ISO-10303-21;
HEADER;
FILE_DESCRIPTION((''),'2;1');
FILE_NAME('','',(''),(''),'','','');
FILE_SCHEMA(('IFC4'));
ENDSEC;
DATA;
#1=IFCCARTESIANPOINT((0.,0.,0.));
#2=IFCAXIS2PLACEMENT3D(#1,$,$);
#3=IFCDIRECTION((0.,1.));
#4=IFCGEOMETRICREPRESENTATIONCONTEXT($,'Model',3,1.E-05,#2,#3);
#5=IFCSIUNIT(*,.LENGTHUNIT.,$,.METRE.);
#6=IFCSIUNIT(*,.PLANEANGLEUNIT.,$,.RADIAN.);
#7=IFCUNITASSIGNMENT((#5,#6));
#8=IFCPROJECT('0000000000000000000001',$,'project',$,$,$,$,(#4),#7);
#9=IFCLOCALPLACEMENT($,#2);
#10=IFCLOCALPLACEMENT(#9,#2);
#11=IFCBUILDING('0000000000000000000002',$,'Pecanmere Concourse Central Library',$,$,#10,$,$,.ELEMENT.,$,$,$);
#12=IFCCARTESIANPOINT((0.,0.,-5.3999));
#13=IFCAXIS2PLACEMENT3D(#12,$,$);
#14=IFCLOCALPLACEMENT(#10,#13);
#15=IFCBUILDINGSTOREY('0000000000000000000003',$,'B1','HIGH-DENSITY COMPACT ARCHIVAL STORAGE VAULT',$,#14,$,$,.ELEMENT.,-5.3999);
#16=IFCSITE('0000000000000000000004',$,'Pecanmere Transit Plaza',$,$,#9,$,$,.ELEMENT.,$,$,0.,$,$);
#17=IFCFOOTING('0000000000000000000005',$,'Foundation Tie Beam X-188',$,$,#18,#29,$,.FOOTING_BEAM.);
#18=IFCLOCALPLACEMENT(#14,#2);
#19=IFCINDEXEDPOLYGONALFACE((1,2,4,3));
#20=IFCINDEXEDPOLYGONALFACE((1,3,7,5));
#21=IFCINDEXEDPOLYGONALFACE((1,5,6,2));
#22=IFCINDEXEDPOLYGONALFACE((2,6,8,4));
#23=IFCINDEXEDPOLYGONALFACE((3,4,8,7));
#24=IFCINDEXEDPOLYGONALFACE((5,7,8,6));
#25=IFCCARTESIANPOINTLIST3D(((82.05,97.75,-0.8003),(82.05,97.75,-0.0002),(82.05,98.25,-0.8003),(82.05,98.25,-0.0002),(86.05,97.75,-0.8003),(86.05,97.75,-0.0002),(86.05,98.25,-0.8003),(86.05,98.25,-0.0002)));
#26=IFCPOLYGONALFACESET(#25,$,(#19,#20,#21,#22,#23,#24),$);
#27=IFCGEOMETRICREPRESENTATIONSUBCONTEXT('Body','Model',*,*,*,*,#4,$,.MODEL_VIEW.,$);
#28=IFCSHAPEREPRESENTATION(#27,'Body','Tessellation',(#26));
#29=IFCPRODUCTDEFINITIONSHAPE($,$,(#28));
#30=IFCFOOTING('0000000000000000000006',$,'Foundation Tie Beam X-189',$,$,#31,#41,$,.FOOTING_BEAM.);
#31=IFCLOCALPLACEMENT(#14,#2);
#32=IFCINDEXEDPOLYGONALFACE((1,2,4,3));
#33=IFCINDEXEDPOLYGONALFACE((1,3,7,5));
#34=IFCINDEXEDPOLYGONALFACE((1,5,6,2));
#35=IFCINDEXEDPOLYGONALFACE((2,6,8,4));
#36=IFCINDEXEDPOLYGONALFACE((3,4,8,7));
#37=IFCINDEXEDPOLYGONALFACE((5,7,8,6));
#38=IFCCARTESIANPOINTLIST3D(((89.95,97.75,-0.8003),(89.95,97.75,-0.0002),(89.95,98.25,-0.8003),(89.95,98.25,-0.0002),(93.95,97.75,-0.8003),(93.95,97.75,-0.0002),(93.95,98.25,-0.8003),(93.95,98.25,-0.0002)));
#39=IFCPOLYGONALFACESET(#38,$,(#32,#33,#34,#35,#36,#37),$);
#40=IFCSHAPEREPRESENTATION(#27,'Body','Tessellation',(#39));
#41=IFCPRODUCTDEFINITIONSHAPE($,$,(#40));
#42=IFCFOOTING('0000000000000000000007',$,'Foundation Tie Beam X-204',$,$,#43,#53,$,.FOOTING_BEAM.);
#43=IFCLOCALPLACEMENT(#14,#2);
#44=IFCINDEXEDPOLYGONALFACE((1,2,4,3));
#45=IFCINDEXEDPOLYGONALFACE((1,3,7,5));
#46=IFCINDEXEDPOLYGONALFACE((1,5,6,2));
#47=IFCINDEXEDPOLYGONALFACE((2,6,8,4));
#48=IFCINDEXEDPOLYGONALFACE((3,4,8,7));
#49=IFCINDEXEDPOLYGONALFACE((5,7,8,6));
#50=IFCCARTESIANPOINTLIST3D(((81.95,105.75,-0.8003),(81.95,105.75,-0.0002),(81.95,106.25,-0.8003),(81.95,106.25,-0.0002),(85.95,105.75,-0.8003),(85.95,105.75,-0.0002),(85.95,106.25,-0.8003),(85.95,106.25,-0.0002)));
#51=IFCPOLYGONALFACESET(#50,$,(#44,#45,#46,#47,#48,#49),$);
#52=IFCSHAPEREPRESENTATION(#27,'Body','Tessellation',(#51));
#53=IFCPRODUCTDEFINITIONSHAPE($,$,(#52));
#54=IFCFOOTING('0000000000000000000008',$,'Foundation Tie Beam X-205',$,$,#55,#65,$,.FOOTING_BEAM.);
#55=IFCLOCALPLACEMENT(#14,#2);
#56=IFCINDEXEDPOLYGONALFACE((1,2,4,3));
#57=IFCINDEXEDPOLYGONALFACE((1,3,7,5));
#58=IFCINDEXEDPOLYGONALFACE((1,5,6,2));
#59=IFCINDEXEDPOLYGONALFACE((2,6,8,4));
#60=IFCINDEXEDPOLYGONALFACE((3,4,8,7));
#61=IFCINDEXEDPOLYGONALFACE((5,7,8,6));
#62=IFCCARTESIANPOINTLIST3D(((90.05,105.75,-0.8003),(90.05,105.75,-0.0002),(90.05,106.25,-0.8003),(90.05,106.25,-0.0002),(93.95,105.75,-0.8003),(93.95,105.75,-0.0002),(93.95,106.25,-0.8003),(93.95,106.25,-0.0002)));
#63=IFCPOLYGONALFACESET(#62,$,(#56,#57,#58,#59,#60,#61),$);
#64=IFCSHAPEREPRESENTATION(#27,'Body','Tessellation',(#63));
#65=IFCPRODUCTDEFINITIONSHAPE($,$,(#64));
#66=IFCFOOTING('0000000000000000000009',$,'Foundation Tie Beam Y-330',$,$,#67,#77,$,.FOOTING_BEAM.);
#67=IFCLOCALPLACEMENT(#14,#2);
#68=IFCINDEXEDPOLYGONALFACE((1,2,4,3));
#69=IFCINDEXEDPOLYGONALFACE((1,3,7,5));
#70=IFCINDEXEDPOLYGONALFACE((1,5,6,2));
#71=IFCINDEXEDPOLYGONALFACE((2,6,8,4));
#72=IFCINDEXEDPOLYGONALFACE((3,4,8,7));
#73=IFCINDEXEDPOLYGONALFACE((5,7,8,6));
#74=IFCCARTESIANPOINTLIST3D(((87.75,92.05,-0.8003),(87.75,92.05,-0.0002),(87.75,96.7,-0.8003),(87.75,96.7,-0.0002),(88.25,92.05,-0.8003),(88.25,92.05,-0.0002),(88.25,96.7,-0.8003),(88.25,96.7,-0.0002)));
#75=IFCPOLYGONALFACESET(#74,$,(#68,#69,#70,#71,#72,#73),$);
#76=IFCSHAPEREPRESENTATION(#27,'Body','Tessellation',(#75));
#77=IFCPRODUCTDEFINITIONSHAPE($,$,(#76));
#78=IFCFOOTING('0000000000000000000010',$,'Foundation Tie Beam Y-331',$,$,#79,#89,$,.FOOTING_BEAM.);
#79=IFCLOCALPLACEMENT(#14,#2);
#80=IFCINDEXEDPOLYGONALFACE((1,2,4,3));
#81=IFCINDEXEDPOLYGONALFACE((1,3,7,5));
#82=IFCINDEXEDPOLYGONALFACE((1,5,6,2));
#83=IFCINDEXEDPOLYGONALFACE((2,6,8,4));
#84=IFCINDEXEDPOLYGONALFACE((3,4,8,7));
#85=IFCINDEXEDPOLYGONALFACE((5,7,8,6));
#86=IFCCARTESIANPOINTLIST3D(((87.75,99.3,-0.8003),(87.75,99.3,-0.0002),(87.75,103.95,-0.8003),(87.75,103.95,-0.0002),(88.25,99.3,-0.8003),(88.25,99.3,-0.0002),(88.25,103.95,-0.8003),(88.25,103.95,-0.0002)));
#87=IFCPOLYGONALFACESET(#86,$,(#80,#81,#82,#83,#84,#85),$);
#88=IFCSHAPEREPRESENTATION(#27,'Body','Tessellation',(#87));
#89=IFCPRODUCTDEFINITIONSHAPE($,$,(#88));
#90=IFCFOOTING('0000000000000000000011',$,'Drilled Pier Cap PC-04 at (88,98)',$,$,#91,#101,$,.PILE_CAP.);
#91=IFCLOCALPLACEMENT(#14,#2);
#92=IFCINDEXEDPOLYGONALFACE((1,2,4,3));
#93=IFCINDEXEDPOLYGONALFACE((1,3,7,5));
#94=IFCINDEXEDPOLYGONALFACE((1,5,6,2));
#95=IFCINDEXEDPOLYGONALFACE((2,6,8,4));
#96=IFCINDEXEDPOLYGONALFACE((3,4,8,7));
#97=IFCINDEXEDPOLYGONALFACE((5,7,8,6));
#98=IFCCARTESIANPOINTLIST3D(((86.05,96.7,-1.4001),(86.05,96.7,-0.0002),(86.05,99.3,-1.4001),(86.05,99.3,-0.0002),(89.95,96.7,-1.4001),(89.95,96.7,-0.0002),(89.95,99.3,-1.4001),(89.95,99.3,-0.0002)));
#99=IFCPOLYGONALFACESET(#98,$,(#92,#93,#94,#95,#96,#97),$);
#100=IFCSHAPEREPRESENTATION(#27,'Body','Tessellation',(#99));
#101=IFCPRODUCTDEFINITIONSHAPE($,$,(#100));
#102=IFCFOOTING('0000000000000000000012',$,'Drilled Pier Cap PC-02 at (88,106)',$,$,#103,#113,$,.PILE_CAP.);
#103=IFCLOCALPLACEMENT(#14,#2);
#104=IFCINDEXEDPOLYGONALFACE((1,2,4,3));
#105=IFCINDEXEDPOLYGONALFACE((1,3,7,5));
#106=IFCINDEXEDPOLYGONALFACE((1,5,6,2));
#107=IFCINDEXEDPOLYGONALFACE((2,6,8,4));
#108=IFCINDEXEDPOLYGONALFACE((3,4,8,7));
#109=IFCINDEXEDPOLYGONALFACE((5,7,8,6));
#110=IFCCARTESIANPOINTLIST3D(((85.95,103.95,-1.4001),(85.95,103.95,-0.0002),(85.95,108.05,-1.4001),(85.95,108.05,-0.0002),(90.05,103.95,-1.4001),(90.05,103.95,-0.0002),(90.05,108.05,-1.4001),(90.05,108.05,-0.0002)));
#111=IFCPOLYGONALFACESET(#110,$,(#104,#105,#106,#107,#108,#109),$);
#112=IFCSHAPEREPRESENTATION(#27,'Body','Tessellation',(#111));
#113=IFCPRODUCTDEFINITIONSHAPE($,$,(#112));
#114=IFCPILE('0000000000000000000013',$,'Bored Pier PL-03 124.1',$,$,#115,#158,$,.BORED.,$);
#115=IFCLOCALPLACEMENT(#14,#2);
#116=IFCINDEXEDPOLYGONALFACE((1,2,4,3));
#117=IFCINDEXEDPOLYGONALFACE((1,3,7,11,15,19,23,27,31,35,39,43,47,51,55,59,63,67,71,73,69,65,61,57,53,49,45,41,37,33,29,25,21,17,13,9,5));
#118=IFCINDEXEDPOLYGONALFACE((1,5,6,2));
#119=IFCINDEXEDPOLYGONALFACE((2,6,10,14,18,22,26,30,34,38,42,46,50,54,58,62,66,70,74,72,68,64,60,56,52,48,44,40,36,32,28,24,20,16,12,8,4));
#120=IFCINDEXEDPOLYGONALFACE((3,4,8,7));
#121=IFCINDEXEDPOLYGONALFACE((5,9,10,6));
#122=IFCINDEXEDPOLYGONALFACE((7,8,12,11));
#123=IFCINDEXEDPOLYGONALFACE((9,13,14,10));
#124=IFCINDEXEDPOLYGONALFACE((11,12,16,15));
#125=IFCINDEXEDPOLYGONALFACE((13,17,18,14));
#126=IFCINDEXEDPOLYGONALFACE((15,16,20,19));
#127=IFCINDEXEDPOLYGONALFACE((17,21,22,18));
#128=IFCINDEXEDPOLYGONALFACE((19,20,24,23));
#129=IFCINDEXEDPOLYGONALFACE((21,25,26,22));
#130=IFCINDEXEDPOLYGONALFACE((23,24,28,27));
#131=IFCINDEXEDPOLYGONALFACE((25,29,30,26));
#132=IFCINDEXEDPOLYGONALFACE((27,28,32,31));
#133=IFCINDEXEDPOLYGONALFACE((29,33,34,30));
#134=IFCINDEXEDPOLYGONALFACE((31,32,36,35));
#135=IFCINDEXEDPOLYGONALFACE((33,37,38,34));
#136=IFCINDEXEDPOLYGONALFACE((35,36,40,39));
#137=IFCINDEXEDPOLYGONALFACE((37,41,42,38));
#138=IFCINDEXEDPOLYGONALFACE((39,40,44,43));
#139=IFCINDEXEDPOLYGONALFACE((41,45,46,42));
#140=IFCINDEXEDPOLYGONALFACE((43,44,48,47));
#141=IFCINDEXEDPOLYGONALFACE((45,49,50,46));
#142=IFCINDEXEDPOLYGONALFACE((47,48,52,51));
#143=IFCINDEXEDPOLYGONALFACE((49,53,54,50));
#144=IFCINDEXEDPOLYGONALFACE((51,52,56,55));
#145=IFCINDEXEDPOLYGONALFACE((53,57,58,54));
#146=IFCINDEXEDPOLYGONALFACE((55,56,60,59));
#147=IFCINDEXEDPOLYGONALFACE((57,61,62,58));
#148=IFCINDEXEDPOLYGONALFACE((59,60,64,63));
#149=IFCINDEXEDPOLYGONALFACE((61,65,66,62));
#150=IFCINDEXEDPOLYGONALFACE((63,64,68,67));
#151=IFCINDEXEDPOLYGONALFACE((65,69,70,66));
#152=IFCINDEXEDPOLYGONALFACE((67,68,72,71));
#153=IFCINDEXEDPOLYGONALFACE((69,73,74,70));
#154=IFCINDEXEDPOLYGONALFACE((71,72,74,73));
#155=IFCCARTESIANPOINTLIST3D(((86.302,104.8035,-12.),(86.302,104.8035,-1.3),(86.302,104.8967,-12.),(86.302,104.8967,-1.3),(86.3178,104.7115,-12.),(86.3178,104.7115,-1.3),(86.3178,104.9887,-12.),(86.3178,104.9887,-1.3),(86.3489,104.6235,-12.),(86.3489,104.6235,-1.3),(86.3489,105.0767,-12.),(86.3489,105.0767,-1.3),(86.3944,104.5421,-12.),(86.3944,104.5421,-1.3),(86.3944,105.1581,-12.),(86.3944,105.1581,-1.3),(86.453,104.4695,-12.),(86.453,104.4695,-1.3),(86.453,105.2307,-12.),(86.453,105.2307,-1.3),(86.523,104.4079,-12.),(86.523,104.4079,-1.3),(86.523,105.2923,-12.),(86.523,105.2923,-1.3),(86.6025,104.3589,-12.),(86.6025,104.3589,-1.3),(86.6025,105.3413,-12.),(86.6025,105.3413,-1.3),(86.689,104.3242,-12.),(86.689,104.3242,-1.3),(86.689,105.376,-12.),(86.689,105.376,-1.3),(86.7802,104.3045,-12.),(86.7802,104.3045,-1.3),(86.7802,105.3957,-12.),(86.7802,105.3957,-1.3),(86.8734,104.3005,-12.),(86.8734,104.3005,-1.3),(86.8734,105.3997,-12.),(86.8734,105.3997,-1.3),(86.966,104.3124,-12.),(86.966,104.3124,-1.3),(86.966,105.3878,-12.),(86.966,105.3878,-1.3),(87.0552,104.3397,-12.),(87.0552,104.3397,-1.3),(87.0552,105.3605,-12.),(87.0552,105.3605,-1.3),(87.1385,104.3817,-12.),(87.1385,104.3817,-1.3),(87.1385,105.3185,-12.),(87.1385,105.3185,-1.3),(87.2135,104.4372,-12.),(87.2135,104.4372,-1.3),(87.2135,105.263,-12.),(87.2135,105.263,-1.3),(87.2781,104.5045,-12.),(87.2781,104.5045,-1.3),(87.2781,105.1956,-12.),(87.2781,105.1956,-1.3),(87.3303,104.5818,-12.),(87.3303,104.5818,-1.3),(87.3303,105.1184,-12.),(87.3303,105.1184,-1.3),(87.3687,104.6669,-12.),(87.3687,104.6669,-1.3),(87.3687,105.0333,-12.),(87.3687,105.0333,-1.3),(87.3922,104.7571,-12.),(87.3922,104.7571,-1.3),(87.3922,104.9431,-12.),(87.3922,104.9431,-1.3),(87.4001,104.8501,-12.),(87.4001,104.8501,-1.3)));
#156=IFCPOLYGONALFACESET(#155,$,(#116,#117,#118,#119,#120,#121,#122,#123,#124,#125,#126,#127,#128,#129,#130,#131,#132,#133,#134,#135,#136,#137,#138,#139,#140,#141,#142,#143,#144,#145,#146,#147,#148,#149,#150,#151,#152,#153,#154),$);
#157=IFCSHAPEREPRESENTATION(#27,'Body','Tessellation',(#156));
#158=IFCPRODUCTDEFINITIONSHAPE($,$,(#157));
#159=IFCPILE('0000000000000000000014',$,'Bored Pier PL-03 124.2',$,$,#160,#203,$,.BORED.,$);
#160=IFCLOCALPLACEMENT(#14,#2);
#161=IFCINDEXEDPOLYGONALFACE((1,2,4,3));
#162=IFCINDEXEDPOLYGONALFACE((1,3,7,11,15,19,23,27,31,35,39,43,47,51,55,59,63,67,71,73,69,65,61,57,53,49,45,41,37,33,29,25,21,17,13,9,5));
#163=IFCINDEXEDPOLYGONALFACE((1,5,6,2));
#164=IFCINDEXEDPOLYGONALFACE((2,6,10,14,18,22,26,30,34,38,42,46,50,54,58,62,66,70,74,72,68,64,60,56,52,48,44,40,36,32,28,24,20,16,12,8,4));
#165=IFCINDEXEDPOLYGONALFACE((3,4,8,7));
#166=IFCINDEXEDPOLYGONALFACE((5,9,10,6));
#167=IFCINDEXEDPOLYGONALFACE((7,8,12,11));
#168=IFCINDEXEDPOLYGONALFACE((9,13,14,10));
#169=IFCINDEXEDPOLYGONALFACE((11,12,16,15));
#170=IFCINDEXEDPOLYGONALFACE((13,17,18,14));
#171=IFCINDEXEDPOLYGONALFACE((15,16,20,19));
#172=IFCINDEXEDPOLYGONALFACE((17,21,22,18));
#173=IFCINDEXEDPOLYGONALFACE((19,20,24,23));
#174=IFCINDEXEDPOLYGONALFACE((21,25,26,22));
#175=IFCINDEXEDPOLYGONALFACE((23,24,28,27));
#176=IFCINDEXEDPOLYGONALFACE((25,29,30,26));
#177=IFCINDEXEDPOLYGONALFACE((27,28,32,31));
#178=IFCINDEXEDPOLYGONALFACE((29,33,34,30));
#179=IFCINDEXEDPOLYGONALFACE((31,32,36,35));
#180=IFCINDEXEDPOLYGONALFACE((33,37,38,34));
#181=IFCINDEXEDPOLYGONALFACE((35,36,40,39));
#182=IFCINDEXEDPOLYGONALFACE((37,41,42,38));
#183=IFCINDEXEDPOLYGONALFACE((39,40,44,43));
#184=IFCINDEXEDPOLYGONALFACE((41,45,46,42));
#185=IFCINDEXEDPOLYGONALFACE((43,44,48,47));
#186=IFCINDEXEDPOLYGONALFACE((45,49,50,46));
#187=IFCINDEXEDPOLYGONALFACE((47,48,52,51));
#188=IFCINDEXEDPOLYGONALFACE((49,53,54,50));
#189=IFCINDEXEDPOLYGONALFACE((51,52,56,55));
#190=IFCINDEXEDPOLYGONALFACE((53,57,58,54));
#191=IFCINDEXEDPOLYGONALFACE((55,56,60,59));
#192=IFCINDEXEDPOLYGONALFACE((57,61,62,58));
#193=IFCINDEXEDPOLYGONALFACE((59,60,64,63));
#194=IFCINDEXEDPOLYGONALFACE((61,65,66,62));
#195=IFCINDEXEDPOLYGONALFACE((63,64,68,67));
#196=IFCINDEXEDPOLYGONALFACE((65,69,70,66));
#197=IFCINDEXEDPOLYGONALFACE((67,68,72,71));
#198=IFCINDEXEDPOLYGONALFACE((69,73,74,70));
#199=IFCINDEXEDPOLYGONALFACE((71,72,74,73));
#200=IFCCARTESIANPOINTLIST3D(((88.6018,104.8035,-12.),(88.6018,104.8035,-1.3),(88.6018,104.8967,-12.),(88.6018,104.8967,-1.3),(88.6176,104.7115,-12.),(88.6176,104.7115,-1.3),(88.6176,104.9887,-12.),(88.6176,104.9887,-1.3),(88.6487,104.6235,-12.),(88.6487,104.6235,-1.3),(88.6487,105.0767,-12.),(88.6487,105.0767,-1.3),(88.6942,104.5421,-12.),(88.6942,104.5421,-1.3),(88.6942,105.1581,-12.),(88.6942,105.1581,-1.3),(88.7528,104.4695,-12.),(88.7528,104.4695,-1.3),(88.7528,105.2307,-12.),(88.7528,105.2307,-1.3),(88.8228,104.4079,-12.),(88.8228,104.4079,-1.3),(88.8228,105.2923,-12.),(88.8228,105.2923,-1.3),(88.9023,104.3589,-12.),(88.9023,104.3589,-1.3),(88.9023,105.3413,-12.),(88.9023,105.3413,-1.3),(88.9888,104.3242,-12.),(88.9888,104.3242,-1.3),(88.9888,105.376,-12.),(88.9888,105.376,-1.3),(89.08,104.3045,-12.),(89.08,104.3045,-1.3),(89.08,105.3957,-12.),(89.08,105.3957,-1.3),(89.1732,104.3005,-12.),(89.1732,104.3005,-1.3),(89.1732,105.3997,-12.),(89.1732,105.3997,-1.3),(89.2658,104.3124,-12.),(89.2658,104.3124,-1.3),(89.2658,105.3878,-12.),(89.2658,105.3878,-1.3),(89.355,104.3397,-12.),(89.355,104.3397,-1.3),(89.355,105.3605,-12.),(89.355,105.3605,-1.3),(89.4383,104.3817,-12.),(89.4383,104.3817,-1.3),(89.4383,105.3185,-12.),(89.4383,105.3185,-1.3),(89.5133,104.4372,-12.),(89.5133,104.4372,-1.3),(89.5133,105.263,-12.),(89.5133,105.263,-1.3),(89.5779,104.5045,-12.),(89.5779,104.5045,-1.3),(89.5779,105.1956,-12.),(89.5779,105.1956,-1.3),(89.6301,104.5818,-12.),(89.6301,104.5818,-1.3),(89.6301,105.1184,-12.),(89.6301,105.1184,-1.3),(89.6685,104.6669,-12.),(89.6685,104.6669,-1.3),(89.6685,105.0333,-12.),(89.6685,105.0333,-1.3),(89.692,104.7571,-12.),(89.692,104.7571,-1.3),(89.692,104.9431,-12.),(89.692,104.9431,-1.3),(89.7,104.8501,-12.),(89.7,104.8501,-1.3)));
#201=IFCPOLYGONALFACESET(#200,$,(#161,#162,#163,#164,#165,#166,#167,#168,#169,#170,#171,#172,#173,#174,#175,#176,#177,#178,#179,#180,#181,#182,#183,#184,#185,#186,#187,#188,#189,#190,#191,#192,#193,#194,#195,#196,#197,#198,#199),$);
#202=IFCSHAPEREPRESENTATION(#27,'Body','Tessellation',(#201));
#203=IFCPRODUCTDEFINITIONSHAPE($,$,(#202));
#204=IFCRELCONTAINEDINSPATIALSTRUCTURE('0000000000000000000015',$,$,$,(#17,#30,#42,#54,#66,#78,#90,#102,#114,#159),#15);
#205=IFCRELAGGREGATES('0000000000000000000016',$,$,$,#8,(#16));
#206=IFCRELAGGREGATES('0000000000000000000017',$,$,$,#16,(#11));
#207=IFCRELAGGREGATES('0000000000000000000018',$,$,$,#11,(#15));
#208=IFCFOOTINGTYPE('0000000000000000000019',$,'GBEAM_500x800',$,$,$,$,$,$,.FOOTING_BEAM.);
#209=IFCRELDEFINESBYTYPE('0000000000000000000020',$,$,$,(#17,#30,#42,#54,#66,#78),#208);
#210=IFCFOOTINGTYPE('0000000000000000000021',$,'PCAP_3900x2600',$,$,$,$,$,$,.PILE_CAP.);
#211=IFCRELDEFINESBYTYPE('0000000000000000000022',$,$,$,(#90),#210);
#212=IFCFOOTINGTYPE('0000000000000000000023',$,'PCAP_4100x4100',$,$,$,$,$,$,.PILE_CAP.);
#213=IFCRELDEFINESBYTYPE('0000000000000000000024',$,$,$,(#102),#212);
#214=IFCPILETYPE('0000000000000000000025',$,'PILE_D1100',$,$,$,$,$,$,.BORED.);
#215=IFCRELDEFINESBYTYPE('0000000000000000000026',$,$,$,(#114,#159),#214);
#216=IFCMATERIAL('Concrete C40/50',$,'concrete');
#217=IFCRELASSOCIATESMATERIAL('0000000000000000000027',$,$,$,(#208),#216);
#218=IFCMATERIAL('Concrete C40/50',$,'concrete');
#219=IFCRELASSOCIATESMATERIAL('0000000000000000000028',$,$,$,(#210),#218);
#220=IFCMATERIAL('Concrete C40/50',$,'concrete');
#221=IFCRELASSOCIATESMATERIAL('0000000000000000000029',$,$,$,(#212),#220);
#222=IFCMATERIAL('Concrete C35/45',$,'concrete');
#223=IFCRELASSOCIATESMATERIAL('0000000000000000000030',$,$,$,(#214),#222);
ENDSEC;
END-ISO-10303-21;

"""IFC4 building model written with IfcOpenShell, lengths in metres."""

from ifc_helpers import new_model, si_unit, direction, frame, origin, origin_2d, place, context, subcontext, project, spatial, rectangle, circle, extrude, material, material_profile, profile_set, type_object, element, save


model = new_model("IFC4")

# Units and contexts
model_context = context("Model", 3, precision=1e-05, world=origin(), true_north=direction((0.0, 1.0)))
body_context = subcontext(model_context, "Body", "Model", "MODEL_VIEW")
ifc_project = project(units=[si_unit("LENGTHUNIT", "METRE"), si_unit("PLANEANGLEUNIT", "RADIAN")], contexts=[model_context])

# Site, building, storey
site_placement = place(None, origin())
site = spatial("IfcSite", under=ifc_project, at=site_placement, Name="Pecanmere Transit Plaza", CompositionType="ELEMENT", RefElevation=0.0)
building_placement = place(site_placement, origin())
building = spatial("IfcBuilding", under=site, at=building_placement, Name="Pecanmere Concourse Central Library", CompositionType="ELEMENT")
storey_placement = place(building_placement, frame((0.0, 0.0, -5.3999)))
storey = spatial("IfcBuildingStorey", under=building, at=storey_placement, Name="B1", Description="HIGH-DENSITY COMPACT ARCHIVAL STORAGE VAULT", CompositionType="ELEMENT", Elevation=-5.3999)

# Footings
ifc_material_1 = material(Name="Concrete C40/50", Category="concrete")
ifc_material_profile_1 = material_profile(ifc_material_1, rectangle(XDim=0.5, YDim=0.8, at=origin_2d()), Name="RC 500x800")
ifc_profile_set_1 = profile_set([ifc_material_profile_1], Name="Concrete C40/50")
footing_type_1 = type_object("IfcFootingType", Name="GBEAM_500x800", PredefinedType="FOOTING_BEAM", material=ifc_profile_set_1)
for number, where, z_axis, x_axis, name in (
    (1, (84.05, 98.0, -0.8003), (0.0, 0.0, 1.0), (1.0, 0.0, 0.0), "Foundation Tie Beam X-188"),
    (2, (91.95, 98.0, -0.8003), (0.0, 0.0, 1.0), (1.0, 0.0, 0.0), "Foundation Tie Beam X-189"),
    (3, (83.95, 106.0, -0.8003), (0.0, 0.0, 1.0), (1.0, 0.0, 0.0), "Foundation Tie Beam X-204"),
):
    element("IfcFooting", number, at=place(storey_placement, frame(where, z_axis=z_axis, x_axis=x_axis)), inside=storey, type_object=footing_type_1, Name=name, PredefinedType="FOOTING_BEAM", context=body_context, shape_type="SweptSolid", body=[
        extrude(rectangle(XDim=4.0, YDim=0.5, at=origin_2d()), origin(), (0.0, 0.0, 1.0), 0.8),
    ])
footing_1_placement = place(storey_placement, frame((92.0, 106.0, -0.8003), z_axis=(0.0, 0.0, 1.0), x_axis=(1.0, 0.0, 0.0)))
element("IfcFooting", 4, at=footing_1_placement, inside=storey, type_object=footing_type_1, Name="Foundation Tie Beam X-205", PredefinedType="FOOTING_BEAM", context=body_context, shape_type="SweptSolid", body=[
    extrude(rectangle(XDim=3.8999, YDim=0.5, at=origin_2d()), origin(), (0.0, 0.0, 1.0), 0.8),
])
for number, where, z_axis, x_axis, name in (
    (5, (88.0, 94.375, -0.8003), (0.0, 0.0, 1.0), (0.0, 1.0, 0.0), "Foundation Tie Beam Y-330"),
    (6, (88.0, 101.625, -0.8003), (0.0, 0.0, 1.0), (0.0, 1.0, 0.0), "Foundation Tie Beam Y-331"),
):
    element("IfcFooting", number, at=place(storey_placement, frame(where, z_axis=z_axis, x_axis=x_axis)), inside=storey, type_object=footing_type_1, Name=name, PredefinedType="FOOTING_BEAM", context=body_context, shape_type="SweptSolid", body=[
        extrude(rectangle(XDim=4.6499, YDim=0.5, at=origin_2d()), origin(), (0.0, 0.0, 1.0), 0.8),
    ])
ifc_material_2 = material(Name="Concrete C40/50", Category="concrete")
footing_type_2 = type_object("IfcFootingType", Name="PCAP_3900x2600", PredefinedType="PILE_CAP", material=ifc_material_2)
footing_2_placement = place(storey_placement, frame((88.0, 98.0, -1.4001), z_axis=(0.0, 0.0, 1.0), x_axis=(1.0, 0.0, 0.0)))
element("IfcFooting", 7, at=footing_2_placement, inside=storey, type_object=footing_type_2, Name="Drilled Pier Cap PC-04 at (88,98)", PredefinedType="PILE_CAP", context=body_context, shape_type="SweptSolid", body=[
    extrude(rectangle(XDim=3.8999, YDim=2.6001, at=origin_2d()), origin(), (0.0, 0.0, 1.0), 1.3999),
])
ifc_material_3 = material(Name="Concrete C40/50", Category="concrete")
footing_type_3 = type_object("IfcFootingType", Name="PCAP_4100x4100", PredefinedType="PILE_CAP", material=ifc_material_3)
footing_3_placement = place(storey_placement, frame((88.0, 106.0, -1.4001), z_axis=(0.0, 0.0, 1.0), x_axis=(1.0, 0.0, 0.0)))
element("IfcFooting", 8, at=footing_3_placement, inside=storey, type_object=footing_type_3, Name="Drilled Pier Cap PC-02 at (88,106)", PredefinedType="PILE_CAP", context=body_context, shape_type="SweptSolid", body=[
    extrude(rectangle(XDim=4.1001, YDim=4.1001, at=origin_2d()), origin(), (0.0, 0.0, 1.0), 1.3999),
])

# Piles
ifc_material_4 = material(Name="Concrete C35/45", Category="concrete")
ifc_material_profile_2 = material_profile(ifc_material_4, circle(Radius=0.55, at=origin_2d()), Name="PIER D1100")
ifc_profile_set_2 = profile_set([ifc_material_profile_2], Name="Concrete C35/45")
pile_type_1 = type_object("IfcPileType", Name="PILE_D1100", PredefinedType="BORED", material=ifc_profile_set_2)
for number, where, z_axis, x_axis, name in (
    (9, (86.8501, 104.8501, -1.3), (0.0, 0.0, -1.0), (1.0, 0.0, 0.0), "Bored Pier PL-03 124.1"),
    (10, (89.1499, 104.8501, -1.3), (0.0, 0.0, -1.0), (1.0, 0.0, 0.0), "Bored Pier PL-03 124.2"),
):
    element("IfcPile", number, at=place(storey_placement, frame(where, z_axis=z_axis, x_axis=x_axis)), inside=storey, type_object=pile_type_1, Name=name, PredefinedType="BORED", context=body_context, shape_type="SweptSolid", body=[
        extrude(circle(Radius=0.55, at=origin_2d()), origin(), (0.0, 0.0, 1.0), 10.7),
    ])

save(model, "model.ifc")
